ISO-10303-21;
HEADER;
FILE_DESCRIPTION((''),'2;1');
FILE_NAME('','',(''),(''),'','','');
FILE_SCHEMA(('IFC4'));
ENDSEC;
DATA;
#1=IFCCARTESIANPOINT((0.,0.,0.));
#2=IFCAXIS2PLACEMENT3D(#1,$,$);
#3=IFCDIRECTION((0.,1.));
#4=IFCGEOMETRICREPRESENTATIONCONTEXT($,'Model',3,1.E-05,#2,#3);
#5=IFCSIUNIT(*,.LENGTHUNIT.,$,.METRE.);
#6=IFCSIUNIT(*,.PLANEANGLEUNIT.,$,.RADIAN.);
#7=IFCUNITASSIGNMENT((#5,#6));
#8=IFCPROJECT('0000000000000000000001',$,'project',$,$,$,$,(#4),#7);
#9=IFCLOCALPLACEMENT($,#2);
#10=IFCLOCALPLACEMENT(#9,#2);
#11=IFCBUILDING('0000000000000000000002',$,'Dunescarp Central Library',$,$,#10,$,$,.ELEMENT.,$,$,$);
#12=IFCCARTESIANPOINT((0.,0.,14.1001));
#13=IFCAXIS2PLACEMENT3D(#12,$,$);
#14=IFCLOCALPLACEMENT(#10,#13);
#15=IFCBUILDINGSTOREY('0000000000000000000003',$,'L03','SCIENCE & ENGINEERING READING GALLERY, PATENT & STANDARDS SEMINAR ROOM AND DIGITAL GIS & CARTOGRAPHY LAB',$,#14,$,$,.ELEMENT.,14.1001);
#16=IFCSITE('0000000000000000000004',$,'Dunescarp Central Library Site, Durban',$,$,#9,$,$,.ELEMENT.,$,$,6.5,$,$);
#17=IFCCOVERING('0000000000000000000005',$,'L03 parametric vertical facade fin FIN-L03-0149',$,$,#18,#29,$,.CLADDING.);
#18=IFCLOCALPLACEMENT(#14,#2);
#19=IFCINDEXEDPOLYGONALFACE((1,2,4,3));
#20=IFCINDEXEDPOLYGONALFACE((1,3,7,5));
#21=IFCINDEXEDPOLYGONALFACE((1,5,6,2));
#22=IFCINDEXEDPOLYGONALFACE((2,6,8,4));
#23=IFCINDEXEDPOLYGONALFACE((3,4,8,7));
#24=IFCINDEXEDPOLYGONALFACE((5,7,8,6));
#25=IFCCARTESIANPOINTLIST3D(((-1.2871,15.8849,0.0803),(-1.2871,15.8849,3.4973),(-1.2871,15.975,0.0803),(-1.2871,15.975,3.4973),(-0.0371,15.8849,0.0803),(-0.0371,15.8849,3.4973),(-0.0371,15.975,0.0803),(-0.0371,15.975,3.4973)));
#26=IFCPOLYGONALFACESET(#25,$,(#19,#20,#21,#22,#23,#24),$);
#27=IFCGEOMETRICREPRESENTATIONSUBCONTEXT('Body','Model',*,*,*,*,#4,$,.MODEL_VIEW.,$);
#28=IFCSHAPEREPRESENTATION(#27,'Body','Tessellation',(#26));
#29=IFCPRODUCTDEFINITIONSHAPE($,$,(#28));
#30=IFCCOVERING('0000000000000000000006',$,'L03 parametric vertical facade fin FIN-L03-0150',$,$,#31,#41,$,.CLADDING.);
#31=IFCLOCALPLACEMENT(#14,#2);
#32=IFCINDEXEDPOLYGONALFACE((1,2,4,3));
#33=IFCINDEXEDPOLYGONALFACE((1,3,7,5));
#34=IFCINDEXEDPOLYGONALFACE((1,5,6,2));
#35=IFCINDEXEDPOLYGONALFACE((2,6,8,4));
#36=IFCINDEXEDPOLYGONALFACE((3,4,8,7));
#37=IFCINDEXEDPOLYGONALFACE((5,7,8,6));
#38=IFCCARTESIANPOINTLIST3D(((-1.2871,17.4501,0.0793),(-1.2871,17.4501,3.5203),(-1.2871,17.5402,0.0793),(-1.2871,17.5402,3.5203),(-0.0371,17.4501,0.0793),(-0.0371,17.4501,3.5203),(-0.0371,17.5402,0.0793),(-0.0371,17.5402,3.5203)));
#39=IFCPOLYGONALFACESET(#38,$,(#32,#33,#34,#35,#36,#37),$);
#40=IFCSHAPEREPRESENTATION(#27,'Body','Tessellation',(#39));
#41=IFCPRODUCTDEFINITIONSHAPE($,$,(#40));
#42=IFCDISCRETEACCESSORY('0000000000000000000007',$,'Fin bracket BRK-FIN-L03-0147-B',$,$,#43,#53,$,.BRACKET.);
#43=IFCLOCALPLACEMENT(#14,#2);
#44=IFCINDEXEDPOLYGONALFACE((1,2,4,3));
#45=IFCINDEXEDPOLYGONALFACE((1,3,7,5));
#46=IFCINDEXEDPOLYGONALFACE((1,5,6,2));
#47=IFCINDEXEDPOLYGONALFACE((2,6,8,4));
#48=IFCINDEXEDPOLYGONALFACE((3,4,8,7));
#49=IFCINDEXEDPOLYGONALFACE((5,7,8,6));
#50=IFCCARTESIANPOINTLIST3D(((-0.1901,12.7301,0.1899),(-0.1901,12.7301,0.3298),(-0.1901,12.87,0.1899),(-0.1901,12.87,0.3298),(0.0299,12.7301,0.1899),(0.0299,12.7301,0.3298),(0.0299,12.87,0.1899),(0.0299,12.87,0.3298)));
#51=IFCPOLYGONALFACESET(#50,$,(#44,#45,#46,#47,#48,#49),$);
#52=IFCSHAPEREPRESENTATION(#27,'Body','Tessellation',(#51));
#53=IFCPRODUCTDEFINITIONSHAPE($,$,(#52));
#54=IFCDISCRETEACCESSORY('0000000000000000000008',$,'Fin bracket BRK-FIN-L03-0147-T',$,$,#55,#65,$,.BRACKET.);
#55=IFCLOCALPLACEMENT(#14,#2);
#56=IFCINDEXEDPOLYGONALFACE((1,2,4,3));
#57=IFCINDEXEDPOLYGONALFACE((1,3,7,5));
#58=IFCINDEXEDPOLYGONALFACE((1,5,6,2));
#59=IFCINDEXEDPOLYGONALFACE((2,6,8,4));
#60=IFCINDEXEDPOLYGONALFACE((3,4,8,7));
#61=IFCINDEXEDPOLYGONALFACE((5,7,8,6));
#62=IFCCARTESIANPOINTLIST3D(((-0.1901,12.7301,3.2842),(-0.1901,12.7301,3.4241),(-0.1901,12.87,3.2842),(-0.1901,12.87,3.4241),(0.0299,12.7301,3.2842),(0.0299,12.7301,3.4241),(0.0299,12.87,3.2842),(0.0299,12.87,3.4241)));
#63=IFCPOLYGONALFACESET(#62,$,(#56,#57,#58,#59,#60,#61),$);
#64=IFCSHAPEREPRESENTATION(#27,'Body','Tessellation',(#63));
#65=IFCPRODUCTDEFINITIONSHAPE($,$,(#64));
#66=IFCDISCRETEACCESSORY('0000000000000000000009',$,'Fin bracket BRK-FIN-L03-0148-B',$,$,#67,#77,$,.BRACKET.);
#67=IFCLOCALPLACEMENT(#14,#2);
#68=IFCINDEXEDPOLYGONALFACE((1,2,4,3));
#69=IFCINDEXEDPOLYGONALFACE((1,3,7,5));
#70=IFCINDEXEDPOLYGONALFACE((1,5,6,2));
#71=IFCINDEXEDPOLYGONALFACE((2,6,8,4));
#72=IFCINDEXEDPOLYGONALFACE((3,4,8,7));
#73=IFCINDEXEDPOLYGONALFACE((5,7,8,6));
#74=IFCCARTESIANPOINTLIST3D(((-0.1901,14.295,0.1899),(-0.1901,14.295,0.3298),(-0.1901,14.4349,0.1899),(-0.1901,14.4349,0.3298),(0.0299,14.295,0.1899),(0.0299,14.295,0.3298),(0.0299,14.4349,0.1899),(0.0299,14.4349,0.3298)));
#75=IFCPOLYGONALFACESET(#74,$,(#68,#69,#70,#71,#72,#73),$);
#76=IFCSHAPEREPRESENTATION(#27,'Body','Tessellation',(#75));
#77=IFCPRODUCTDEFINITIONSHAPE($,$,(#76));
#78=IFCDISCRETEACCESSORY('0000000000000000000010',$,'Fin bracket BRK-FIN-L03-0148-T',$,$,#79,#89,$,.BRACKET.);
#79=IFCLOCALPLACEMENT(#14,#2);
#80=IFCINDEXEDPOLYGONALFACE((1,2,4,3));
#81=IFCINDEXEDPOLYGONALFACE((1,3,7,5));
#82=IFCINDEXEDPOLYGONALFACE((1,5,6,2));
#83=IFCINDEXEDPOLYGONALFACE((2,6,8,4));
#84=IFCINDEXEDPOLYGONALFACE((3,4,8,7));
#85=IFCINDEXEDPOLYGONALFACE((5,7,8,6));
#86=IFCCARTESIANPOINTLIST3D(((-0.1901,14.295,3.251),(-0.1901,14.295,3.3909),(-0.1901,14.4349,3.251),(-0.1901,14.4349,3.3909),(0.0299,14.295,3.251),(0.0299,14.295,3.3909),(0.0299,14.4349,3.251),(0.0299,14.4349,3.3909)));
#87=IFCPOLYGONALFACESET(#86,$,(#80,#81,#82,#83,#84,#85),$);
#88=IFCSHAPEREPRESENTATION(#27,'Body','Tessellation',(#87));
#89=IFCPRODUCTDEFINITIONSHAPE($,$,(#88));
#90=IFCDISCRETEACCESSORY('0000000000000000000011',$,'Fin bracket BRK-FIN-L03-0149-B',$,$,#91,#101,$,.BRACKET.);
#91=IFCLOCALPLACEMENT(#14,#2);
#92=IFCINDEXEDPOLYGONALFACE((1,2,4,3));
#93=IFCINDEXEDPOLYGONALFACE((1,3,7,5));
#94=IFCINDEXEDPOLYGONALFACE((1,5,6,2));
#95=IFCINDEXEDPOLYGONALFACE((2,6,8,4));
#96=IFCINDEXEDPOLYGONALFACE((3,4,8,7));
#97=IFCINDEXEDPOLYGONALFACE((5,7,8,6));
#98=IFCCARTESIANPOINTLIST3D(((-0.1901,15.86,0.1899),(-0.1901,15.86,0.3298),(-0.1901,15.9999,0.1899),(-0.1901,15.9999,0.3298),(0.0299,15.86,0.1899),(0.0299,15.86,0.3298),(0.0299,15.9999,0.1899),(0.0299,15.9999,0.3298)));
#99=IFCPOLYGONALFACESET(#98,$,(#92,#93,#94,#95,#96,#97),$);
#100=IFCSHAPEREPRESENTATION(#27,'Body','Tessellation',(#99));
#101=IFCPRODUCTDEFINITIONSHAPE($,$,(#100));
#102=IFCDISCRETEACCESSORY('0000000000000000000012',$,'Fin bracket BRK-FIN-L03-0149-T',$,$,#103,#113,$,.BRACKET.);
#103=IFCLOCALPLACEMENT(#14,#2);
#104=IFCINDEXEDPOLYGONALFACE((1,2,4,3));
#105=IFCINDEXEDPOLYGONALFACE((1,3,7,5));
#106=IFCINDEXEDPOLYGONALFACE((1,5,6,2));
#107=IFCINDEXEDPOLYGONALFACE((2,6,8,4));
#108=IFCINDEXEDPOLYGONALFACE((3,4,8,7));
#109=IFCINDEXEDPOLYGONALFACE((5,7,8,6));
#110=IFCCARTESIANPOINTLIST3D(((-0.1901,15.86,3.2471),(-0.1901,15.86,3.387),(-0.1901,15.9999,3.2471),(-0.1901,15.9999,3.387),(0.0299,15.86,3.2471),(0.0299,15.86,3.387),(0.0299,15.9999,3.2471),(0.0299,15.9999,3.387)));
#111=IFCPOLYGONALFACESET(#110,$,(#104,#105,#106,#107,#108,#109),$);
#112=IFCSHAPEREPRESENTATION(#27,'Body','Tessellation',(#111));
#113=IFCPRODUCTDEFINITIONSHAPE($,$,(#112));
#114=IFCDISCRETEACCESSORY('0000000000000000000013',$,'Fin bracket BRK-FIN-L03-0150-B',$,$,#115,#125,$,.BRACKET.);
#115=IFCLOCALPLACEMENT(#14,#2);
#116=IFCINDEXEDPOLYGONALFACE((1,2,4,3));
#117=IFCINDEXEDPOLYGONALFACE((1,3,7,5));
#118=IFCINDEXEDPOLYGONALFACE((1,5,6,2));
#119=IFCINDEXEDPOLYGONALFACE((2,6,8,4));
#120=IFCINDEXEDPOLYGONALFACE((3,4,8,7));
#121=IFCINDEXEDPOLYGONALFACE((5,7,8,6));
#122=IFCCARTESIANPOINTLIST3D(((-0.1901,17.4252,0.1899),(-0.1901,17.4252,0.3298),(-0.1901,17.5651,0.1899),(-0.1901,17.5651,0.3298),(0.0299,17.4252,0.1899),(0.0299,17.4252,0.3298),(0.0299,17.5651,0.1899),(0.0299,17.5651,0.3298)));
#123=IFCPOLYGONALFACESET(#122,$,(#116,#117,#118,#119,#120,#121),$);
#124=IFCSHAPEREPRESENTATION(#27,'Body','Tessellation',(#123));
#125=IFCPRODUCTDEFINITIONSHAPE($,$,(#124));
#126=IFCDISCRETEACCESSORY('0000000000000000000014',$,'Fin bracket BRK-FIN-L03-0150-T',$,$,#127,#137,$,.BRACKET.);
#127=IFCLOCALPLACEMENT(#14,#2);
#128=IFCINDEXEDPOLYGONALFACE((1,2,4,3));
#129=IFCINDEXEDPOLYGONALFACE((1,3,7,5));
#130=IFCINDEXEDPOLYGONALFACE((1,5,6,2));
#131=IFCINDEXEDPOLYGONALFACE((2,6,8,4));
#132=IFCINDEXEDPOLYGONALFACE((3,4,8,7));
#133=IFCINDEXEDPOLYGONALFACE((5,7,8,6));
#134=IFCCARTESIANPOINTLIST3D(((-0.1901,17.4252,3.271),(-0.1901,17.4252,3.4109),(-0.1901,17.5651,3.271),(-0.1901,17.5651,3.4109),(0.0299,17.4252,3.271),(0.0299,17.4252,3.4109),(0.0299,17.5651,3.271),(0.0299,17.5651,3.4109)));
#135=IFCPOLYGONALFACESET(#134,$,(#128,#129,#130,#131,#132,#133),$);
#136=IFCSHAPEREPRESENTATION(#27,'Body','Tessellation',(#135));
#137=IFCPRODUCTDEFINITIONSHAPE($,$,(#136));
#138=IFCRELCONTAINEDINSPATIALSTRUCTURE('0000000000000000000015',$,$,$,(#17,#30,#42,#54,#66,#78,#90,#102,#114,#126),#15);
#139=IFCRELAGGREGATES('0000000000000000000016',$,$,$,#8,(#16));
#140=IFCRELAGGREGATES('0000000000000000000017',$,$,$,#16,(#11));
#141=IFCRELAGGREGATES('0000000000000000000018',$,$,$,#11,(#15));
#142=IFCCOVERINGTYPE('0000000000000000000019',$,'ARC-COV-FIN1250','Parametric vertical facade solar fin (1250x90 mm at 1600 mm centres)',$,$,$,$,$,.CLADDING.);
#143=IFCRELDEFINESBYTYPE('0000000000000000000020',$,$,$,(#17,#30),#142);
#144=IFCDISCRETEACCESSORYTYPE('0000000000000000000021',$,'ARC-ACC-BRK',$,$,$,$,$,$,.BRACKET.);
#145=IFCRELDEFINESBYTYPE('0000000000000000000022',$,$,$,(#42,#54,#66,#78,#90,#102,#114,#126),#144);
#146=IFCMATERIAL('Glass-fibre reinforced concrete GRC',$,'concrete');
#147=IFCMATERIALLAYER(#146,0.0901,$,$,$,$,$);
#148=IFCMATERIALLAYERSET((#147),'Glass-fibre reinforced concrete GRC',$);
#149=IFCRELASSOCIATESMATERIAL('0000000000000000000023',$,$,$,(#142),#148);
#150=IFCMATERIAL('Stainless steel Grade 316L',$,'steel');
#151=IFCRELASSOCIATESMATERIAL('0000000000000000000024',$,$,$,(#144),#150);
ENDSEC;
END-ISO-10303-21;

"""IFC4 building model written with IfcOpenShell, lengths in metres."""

from ifc_helpers import new_model, si_unit, direction, frame, origin, origin_2d, place, context, subcontext, project, spatial, rectangle, extrude, material, layer, layer_set, type_object, element, save


model = new_model("IFC4")

# Units and contexts
model_context = context("Model", 3, precision=1e-05, world=origin(), true_north=direction((0.0, 1.0)))
body_context = subcontext(model_context, "Body", "Model", "MODEL_VIEW")
ifc_project = project(units=[si_unit("LENGTHUNIT", "METRE"), si_unit("PLANEANGLEUNIT", "RADIAN")], contexts=[model_context])

# Site, building, storey
site_placement = place(None, origin())
site = spatial("IfcSite", under=ifc_project, at=site_placement, Name="Dunescarp Central Library Site, Durban", CompositionType="ELEMENT", RefElevation=6.5)
building_placement = place(site_placement, origin())
building = spatial("IfcBuilding", under=site, at=building_placement, Name="Dunescarp Central Library", CompositionType="ELEMENT")
storey_placement = place(building_placement, frame((0.0, 0.0, 14.1001)))
storey = spatial("IfcBuildingStorey", under=building, at=storey_placement, Name="L03", Description="SCIENCE & ENGINEERING READING GALLERY, PATENT & STANDARDS SEMINAR ROOM AND DIGITAL GIS & CARTOGRAPHY LAB", CompositionType="ELEMENT", Elevation=14.1001)

# Coverings
ifc_material_1 = material(Name="Glass-fibre reinforced concrete GRC", Category="concrete")
ifc_layer_1 = layer(ifc_material_1, 0.0901)
ifc_layer_set_1 = layer_set([ifc_layer_1], Name="Glass-fibre reinforced concrete GRC")
covering_type = type_object("IfcCoveringType", Name="ARC-COV-FIN1250", Description="Parametric vertical facade solar fin (1250x90 mm at 1600 mm centres)", PredefinedType="CLADDING", material=ifc_layer_set_1)
covering_1_placement = place(storey_placement, frame((-0.6621, 15.9299, 0.0803), z_axis=(0.0, 0.0, 1.0), x_axis=(-1.0, 0.0, 0.0)))
element("IfcCovering", 1, at=covering_1_placement, inside=storey, type_object=covering_type, Name="L03 parametric vertical facade fin FIN-L03-0149", PredefinedType="CLADDING", context=body_context, shape_type="SweptSolid", body=[
    extrude(rectangle(XDim=1.25, YDim=0.0901, at=origin_2d()), origin(), (0.0, 0.0, 1.0), 3.417),
])
covering_2_placement = place(storey_placement, frame((-0.6621, 17.4951, 0.0793), z_axis=(0.0, 0.0, 1.0), x_axis=(-1.0, 0.0, 0.0)))
element("IfcCovering", 2, at=covering_2_placement, inside=storey, type_object=covering_type, Name="L03 parametric vertical facade fin FIN-L03-0150", PredefinedType="CLADDING", context=body_context, shape_type="SweptSolid", body=[
    extrude(rectangle(XDim=1.25, YDim=0.0901, at=origin_2d()), origin(), (0.0, 0.0, 1.0), 3.4409),
])

# Discrete accessories
ifc_material_2 = material(Name="Stainless steel Grade 316L", Category="steel")
discrete_accessory_type = type_object("IfcDiscreteAccessoryType", Name="ARC-ACC-BRK", PredefinedType="BRACKET", material=ifc_material_2)
for number, where, z_axis, x_axis, name in (
    (3, (-0.0801, 12.8, 0.1899), (0.0, 0.0, 1.0), (-1.0, 0.0, 0.0), "Fin bracket BRK-FIN-L03-0147-B"),
    (4, (-0.0801, 12.8, 3.2842), (0.0, 0.0, 1.0), (-1.0, 0.0, 0.0), "Fin bracket BRK-FIN-L03-0147-T"),
    (5, (-0.0801, 14.365, 0.1899), (0.0, 0.0, 1.0), (-1.0, 0.0, 0.0), "Fin bracket BRK-FIN-L03-0148-B"),
    (6, (-0.0801, 14.365, 3.251), (0.0, 0.0, 1.0), (-1.0, 0.0, 0.0), "Fin bracket BRK-FIN-L03-0148-T"),
    (7, (-0.0801, 15.9299, 0.1899), (0.0, 0.0, 1.0), (-1.0, 0.0, 0.0), "Fin bracket BRK-FIN-L03-0149-B"),
    (8, (-0.0801, 15.9299, 3.2471), (0.0, 0.0, 1.0), (-1.0, 0.0, 0.0), "Fin bracket BRK-FIN-L03-0149-T"),
    (9, (-0.0801, 17.4951, 0.1899), (0.0, 0.0, 1.0), (-1.0, 0.0, 0.0), "Fin bracket BRK-FIN-L03-0150-B"),
    (10, (-0.0801, 17.4951, 3.271), (0.0, 0.0, 1.0), (-1.0, 0.0, 0.0), "Fin bracket BRK-FIN-L03-0150-T"),
):
    element("IfcDiscreteAccessory", number, at=place(storey_placement, frame(where, z_axis=z_axis, x_axis=x_axis)), inside=storey, type_object=discrete_accessory_type, Name=name, PredefinedType="BRACKET", context=body_context, shape_type="SweptSolid", body=[
        extrude(rectangle(XDim=0.22, YDim=0.1399, at=origin_2d()), origin(), (0.0, 0.0, 1.0), 0.1399),
    ])

save(model, "model.ifc")
